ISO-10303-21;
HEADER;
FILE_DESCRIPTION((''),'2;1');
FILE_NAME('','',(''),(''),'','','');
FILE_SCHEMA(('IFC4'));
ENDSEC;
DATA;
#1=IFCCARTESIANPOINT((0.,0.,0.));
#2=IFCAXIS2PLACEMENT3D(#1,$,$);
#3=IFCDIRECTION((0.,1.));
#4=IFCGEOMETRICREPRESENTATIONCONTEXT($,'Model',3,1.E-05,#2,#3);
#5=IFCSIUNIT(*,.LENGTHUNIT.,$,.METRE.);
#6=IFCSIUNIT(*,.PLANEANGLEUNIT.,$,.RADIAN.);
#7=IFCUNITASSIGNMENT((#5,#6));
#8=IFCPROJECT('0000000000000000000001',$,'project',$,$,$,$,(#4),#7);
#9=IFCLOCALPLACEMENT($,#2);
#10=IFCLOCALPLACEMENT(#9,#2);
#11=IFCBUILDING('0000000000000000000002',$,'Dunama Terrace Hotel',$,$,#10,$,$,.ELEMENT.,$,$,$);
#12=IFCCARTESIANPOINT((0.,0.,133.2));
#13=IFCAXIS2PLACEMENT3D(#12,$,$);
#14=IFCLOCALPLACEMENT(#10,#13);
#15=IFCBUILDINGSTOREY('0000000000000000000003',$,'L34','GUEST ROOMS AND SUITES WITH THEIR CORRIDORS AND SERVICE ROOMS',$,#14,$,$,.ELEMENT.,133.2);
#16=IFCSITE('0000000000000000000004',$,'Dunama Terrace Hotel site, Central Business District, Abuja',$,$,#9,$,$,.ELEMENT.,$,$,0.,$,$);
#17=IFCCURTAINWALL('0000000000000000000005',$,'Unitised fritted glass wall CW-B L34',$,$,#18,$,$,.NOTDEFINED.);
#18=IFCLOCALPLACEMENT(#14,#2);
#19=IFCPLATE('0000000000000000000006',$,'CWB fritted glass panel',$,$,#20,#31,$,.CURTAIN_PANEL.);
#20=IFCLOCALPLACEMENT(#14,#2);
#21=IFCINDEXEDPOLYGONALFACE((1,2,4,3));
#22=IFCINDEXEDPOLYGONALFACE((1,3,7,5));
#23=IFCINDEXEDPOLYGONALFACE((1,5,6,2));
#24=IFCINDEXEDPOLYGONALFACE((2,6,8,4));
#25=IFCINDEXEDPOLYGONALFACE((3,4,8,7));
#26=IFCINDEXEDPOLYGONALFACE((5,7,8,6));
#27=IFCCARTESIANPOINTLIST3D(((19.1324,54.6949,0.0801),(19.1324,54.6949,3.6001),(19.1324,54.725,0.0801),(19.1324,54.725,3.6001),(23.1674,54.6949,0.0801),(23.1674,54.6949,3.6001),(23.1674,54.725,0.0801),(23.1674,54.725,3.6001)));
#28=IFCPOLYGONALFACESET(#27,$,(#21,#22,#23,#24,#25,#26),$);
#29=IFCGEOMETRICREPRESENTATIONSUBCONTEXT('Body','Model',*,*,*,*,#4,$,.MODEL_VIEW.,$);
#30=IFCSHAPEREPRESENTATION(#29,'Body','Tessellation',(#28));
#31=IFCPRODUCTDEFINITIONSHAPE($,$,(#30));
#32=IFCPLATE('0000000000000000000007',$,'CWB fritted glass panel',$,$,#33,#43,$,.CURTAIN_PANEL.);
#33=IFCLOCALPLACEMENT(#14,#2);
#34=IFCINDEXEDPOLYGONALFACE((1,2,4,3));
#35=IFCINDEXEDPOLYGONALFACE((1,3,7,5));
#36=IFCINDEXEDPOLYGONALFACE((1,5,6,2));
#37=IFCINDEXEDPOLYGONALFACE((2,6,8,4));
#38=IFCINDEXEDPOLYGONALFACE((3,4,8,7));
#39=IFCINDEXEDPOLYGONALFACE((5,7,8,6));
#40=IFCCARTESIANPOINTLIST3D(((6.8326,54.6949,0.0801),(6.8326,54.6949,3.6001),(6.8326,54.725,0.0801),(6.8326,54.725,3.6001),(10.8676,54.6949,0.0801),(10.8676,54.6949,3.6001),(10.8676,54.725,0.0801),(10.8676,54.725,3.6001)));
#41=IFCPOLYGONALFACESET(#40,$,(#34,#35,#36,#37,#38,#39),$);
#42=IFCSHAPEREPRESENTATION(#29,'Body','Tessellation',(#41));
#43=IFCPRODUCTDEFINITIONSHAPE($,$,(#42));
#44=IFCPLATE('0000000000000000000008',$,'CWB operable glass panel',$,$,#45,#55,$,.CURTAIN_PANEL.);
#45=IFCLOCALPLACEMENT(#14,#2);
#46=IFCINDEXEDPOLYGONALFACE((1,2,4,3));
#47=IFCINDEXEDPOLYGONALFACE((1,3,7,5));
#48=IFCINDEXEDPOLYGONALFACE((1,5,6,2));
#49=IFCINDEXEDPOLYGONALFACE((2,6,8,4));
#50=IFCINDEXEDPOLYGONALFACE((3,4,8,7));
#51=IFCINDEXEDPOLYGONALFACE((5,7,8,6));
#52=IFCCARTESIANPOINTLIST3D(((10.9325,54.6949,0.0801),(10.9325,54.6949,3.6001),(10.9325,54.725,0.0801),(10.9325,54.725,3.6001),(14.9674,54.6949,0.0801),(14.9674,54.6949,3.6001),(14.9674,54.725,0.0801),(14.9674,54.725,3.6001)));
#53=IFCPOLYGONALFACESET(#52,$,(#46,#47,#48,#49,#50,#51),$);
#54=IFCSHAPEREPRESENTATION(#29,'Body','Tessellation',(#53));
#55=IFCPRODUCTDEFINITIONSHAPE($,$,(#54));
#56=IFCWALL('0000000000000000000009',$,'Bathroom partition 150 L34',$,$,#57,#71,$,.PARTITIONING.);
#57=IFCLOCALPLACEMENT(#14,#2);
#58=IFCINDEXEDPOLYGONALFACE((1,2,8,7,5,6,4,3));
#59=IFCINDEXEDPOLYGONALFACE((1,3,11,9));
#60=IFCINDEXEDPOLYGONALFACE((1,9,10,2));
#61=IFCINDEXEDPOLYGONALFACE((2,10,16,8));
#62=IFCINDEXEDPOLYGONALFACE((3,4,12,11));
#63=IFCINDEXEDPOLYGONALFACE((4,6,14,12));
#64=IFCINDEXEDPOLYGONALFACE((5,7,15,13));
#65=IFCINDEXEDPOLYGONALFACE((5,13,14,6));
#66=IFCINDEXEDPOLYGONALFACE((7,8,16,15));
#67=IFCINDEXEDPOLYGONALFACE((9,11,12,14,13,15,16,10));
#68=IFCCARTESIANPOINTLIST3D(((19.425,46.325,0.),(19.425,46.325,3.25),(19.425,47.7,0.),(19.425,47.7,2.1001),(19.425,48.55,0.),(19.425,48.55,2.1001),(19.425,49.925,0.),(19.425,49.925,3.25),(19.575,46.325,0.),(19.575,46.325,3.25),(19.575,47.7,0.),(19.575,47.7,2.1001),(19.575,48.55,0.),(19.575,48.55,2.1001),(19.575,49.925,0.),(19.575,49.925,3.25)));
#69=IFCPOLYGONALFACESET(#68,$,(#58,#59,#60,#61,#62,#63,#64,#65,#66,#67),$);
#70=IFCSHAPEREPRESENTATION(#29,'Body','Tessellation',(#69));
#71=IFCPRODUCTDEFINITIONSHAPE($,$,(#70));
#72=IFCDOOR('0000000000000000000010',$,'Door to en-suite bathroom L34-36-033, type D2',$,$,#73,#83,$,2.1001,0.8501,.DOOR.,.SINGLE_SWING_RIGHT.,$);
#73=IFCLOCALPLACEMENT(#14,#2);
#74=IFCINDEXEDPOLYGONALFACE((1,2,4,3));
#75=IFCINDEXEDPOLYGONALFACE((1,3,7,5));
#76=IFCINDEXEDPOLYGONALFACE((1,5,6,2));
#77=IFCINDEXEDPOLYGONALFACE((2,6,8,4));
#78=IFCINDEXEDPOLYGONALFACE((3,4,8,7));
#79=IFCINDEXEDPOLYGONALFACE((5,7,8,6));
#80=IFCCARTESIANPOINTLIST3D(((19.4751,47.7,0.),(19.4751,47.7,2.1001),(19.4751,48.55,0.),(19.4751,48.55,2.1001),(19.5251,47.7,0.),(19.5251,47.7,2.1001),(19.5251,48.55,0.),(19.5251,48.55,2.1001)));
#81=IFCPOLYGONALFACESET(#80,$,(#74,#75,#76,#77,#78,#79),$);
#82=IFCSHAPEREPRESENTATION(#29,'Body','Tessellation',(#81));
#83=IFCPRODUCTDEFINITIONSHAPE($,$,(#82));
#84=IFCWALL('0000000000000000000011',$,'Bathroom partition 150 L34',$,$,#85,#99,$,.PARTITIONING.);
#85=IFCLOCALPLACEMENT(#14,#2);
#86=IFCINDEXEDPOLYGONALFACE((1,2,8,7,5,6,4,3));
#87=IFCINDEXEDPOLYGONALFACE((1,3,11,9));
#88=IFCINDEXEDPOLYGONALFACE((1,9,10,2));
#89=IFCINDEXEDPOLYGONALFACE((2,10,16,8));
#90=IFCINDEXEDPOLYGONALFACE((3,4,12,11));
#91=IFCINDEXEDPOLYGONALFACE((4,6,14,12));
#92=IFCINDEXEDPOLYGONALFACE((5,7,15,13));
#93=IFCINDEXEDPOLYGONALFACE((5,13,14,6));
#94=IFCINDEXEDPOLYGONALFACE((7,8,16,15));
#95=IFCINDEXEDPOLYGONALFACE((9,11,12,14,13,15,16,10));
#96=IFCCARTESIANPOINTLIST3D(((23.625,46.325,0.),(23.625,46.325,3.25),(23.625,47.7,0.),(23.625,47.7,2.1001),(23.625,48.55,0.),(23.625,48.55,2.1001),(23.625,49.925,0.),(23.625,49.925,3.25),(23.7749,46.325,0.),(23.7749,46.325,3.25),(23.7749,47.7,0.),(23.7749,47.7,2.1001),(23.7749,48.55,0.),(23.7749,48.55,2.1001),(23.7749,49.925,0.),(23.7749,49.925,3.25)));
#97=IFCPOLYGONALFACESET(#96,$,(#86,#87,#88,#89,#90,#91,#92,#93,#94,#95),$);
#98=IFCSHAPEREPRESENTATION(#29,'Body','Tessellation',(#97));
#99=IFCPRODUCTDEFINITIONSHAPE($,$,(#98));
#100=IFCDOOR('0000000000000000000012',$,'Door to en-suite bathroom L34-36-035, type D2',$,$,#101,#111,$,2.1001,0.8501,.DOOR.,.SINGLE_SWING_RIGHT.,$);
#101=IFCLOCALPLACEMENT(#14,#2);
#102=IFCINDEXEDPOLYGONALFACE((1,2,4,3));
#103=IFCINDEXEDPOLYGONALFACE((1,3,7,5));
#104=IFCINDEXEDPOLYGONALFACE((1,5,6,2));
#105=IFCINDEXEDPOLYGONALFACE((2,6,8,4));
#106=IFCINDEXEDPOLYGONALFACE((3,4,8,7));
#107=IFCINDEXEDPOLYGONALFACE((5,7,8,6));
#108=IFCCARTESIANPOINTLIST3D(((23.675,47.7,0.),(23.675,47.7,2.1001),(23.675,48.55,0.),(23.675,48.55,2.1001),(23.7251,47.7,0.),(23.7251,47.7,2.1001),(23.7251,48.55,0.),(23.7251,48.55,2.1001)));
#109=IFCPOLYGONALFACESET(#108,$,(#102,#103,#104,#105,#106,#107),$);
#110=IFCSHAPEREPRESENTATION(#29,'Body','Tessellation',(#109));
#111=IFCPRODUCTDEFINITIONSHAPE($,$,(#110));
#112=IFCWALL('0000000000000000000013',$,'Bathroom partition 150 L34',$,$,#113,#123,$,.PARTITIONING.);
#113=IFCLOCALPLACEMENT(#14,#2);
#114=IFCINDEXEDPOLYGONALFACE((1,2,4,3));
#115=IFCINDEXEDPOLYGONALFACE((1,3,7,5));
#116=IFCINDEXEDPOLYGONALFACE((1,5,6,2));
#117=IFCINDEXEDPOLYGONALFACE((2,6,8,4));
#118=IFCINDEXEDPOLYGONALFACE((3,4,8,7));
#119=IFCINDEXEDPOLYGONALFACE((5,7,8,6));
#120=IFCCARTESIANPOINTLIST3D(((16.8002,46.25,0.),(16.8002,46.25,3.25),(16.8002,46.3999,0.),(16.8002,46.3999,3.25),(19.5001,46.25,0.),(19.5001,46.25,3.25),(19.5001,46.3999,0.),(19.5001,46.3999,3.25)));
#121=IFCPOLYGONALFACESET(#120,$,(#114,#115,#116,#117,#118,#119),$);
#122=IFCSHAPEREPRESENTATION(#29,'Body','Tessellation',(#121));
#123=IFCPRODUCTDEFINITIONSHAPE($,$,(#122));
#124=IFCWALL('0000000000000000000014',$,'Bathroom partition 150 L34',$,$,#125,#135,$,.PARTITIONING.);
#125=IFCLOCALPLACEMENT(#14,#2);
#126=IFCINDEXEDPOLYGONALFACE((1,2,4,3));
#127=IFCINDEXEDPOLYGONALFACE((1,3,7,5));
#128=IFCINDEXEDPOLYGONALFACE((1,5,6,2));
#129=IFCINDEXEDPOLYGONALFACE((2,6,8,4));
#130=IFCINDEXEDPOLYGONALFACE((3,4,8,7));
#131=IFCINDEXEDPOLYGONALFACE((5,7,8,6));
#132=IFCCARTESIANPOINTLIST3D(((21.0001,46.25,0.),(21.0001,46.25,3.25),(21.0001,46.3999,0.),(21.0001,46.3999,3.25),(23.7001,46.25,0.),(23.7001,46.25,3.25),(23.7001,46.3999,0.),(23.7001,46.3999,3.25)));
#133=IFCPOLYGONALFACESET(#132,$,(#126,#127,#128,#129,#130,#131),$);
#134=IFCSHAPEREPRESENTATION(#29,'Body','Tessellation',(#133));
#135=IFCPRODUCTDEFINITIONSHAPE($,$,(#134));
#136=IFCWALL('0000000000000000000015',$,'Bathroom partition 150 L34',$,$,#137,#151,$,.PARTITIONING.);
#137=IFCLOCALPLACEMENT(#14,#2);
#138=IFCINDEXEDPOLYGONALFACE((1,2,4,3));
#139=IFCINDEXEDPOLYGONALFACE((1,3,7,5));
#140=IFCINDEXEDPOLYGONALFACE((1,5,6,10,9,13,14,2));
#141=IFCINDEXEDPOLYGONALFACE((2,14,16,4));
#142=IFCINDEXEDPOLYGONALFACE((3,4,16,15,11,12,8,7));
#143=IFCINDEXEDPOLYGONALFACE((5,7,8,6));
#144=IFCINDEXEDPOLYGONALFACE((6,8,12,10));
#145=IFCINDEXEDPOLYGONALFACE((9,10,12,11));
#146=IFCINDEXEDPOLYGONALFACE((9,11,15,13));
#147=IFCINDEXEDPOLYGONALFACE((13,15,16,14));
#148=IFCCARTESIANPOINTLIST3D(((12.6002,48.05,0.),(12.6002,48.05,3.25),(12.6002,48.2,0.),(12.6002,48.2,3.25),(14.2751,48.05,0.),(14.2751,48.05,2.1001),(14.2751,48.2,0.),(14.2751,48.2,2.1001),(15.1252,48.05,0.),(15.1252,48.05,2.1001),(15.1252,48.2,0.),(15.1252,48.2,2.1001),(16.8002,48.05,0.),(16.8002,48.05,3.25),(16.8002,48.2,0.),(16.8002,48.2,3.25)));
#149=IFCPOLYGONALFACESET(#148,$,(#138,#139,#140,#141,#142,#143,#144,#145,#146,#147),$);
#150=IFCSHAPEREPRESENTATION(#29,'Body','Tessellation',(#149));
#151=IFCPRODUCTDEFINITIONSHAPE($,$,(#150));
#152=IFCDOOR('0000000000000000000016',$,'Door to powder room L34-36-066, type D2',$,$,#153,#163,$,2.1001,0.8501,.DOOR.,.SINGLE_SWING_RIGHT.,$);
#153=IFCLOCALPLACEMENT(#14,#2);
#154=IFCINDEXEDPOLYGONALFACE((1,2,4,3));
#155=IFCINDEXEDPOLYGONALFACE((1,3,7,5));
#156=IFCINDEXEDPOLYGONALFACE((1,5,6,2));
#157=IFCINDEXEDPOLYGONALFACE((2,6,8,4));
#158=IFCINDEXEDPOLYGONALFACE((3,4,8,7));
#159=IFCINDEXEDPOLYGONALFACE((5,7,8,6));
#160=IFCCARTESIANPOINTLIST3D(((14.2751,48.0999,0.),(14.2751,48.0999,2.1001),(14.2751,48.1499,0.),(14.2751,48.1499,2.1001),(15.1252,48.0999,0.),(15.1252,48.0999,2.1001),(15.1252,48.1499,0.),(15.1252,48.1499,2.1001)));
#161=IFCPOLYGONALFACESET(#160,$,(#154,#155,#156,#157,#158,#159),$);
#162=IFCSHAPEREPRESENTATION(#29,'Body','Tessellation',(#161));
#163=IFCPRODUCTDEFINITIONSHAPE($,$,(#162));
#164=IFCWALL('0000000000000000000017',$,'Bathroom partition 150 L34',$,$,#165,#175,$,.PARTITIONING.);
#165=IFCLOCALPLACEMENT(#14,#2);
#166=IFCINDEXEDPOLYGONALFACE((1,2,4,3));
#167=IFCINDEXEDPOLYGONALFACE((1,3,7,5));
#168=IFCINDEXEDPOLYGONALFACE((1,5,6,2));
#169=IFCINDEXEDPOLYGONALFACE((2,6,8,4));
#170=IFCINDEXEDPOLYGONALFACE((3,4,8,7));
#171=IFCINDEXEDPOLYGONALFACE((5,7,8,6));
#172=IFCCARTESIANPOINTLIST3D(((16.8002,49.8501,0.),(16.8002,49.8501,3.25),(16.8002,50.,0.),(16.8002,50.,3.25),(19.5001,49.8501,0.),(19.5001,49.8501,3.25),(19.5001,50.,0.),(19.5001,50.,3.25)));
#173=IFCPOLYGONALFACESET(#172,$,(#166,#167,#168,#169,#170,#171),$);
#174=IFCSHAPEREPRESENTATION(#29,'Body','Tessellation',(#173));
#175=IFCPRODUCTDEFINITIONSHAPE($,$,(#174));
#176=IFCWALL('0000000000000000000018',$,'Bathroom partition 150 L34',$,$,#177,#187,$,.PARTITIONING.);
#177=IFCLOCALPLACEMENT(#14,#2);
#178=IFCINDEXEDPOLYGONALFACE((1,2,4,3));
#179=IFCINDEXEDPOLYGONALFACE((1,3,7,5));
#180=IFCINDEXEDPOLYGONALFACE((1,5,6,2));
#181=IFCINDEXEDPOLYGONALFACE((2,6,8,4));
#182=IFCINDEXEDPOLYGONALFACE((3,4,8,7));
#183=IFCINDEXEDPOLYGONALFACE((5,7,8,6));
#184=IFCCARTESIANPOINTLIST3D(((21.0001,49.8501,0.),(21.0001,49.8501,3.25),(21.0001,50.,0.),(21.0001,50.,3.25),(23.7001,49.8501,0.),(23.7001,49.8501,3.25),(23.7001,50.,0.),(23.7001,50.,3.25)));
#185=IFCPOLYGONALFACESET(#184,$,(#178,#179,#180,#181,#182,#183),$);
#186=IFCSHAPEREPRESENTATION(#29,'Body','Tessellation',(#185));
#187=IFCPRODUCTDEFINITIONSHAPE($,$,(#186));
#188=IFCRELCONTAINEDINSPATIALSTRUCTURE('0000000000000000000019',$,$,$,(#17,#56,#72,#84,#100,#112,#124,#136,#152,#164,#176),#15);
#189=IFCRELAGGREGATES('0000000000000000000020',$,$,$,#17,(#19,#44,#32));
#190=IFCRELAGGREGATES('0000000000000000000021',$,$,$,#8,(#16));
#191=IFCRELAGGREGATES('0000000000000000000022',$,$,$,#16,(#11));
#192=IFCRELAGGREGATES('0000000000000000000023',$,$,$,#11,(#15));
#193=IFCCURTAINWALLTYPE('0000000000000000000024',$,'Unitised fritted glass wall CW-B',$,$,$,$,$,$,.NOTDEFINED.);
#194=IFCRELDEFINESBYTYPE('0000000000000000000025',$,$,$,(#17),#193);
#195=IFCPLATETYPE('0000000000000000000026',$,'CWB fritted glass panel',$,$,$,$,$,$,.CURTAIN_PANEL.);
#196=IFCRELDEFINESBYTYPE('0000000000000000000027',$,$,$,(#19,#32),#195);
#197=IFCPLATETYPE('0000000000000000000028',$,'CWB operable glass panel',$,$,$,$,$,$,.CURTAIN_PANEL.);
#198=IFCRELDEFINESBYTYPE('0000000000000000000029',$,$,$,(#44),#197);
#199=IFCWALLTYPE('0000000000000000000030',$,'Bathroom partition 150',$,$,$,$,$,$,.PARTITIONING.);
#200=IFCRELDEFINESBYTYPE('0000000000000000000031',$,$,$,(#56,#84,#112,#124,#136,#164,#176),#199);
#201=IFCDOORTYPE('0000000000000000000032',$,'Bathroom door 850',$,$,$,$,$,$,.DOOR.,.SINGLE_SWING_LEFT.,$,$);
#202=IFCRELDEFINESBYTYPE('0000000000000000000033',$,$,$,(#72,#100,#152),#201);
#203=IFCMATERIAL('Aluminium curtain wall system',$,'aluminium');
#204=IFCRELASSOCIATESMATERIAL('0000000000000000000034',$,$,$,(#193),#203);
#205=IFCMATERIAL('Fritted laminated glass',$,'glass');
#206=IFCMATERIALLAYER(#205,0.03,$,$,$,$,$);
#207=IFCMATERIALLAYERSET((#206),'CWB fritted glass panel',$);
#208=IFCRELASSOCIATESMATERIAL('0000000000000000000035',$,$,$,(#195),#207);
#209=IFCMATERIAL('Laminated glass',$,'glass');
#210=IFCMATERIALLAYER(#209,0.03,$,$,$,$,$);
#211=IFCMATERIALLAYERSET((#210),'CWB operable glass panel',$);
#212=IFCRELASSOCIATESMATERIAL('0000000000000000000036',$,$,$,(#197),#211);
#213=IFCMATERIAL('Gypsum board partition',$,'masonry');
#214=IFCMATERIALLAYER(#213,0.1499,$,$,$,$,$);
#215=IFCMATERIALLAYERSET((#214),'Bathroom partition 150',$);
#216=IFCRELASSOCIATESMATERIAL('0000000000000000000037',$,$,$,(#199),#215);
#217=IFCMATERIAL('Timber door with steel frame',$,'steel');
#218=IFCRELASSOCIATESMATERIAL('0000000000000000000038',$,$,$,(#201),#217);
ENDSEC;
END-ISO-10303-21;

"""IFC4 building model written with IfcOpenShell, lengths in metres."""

from ifc_helpers import new_model, si_unit, direction, frame, frame_2d, origin, origin_2d, place, context, subcontext, project, spatial, rectangle, extrude, material, layer, layer_set, type_object, element, fill, aggregate, save


model = new_model("IFC4")

# Units and contexts
model_context = context("Model", 3, precision=1e-05, world=origin(), true_north=direction((0.0, 1.0)))
body_context = subcontext(model_context, "Body", "Model", "MODEL_VIEW")
ifc_project = project(units=[si_unit("LENGTHUNIT", "METRE"), si_unit("PLANEANGLEUNIT", "RADIAN")], contexts=[model_context])

# Site, building, storey
site_placement = place(None, origin())
site = spatial("IfcSite", under=ifc_project, at=site_placement, Name="Dunama Terrace Hotel site, Central Business District, Abuja", CompositionType="ELEMENT", RefElevation=0.0)
building_placement = place(site_placement, origin())
building = spatial("IfcBuilding", under=site, at=building_placement, Name="Dunama Terrace Hotel", CompositionType="ELEMENT")
storey_placement = place(building_placement, frame((0.0, 0.0, 133.2)))
storey = spatial("IfcBuildingStorey", under=building, at=storey_placement, Name="L34", Description="GUEST ROOMS AND SUITES WITH THEIR CORRIDORS AND SERVICE ROOMS", CompositionType="ELEMENT", Elevation=133.2)

# Curtain wall
ifc_material_1 = material(Name="Aluminium curtain wall system", Category="aluminium")
curtain_wall_type = type_object("IfcCurtainWallType", Name="Unitised fritted glass wall CW-B", PredefinedType="NOTDEFINED", material=ifc_material_1)
curtain_wall_placement = place(storey_placement, origin())
curtain_wall = element("IfcCurtainWall", 1, at=curtain_wall_placement, inside=storey, type_object=curtain_wall_type, Name="Unitised fritted glass wall CW-B L34", PredefinedType="NOTDEFINED")

# Plates
ifc_material_2 = material(Name="Fritted laminated glass", Category="glass")
ifc_layer_1 = layer(ifc_material_2, 0.03)
ifc_layer_set_1 = layer_set([ifc_layer_1], Name="CWB fritted glass panel")
plate_type_1 = type_object("IfcPlateType", Name="CWB fritted glass panel", PredefinedType="CURTAIN_PANEL", material=ifc_layer_set_1)
plate_1_placement = place(storey_placement, frame((21.1499, 54.71, 0.0801), z_axis=(0.0, 0.0, 1.0), x_axis=(-1.0, 0.0, 0.0)))
plate_1 = element("IfcPlate", 2, at=plate_1_placement, type_object=plate_type_1, Name="CWB fritted glass panel", PredefinedType="CURTAIN_PANEL", context=body_context, shape_type="SweptSolid", body=[
    extrude(rectangle(XDim=4.0349, YDim=0.03, at=origin_2d()), origin(), (0.0, 0.0, 1.0), 3.52),
])
plate_2_placement = place(storey_placement, frame((8.8501, 54.71, 0.0801), z_axis=(0.0, 0.0, 1.0), x_axis=(-1.0, 0.0, 0.0)))
plate_2 = element("IfcPlate", 3, at=plate_2_placement, type_object=plate_type_1, Name="CWB fritted glass panel", PredefinedType="CURTAIN_PANEL", context=body_context, shape_type="SweptSolid", body=[
    extrude(rectangle(XDim=4.0349, YDim=0.03, at=origin_2d()), origin(), (0.0, 0.0, 1.0), 3.52),
])
ifc_material_3 = material(Name="Laminated glass", Category="glass")
ifc_layer_2 = layer(ifc_material_3, 0.03)
ifc_layer_set_2 = layer_set([ifc_layer_2], Name="CWB operable glass panel")
plate_type_2 = type_object("IfcPlateType", Name="CWB operable glass panel", PredefinedType="CURTAIN_PANEL", material=ifc_layer_set_2)
plate_3_placement = place(storey_placement, frame((12.95, 54.71, 0.0801), z_axis=(0.0, 0.0, 1.0), x_axis=(-1.0, 0.0, 0.0)))
plate_3 = element("IfcPlate", 4, at=plate_3_placement, type_object=plate_type_2, Name="CWB operable glass panel", PredefinedType="CURTAIN_PANEL", context=body_context, shape_type="SweptSolid", body=[
    extrude(rectangle(XDim=4.0349, YDim=0.03, at=origin_2d()), origin(), (0.0, 0.0, 1.0), 3.52),
])
aggregate(curtain_wall, [plate_1, plate_3, plate_2])

# Walls, openings, doors
ifc_material_4 = material(Name="Gypsum board partition", Category="masonry")
ifc_layer_3 = layer(ifc_material_4, 0.1499)
ifc_layer_set_3 = layer_set([ifc_layer_3], Name="Bathroom partition 150")
wall_type = type_object("IfcWallType", Name="Bathroom partition 150", PredefinedType="PARTITIONING", material=ifc_layer_set_3)
wall_1_placement = place(storey_placement, frame((19.5, 46.325, 0.0), z_axis=(0.0, 0.0, 1.0), x_axis=(0.0, 1.0, 0.0)))
wall_1 = element("IfcWall", 5, at=wall_1_placement, inside=storey, type_object=wall_type, Name="Bathroom partition 150 L34", PredefinedType="PARTITIONING", context=body_context, shape_type="SweptSolid", body=[
    extrude(rectangle(XDim=3.6001, YDim=0.1499, at=frame_2d((1.8, 0.0))), origin(), (0.0, 0.0, 1.0), 3.25),
])
opening_1_placement = place(wall_1_placement, frame((1.375, 0.0, 0.0)))
opening_1 = element("IfcOpeningElement", 6, at=opening_1_placement, cuts=wall_1, PredefinedType="OPENING", context=body_context, shape_type="SweptSolid", body=[
    extrude(rectangle(XDim=0.8501, YDim=2.1001, at=frame_2d((0.425, 1.05))), frame((0.0, 0.085, 0.0), z_axis=(0.0, -1.0, 0.0), x_axis=(1.0, 0.0, 0.0)), (0.0, 0.0, 1.0), 0.1699),
])
ifc_material_5 = material(Name="Timber door with steel frame", Category="steel")
door_type = type_object("IfcDoorType", Name="Bathroom door 850", OperationType="SINGLE_SWING_LEFT", PredefinedType="DOOR", material=ifc_material_5)
door_1_placement = place(opening_1_placement, origin())
door_1 = element("IfcDoor", 7, at=door_1_placement, inside=storey, type_object=door_type, Name="Door to en-suite bathroom L34-36-033, type D2", OperationType="SINGLE_SWING_RIGHT", OverallHeight=2.1001, OverallWidth=0.8501, PredefinedType="DOOR", context=body_context, shape_type="SweptSolid", body=[
    extrude(rectangle(XDim=0.8501, YDim=2.1001, at=frame_2d((0.425, 1.05))), frame((0.0, 0.0249, 0.0), z_axis=(0.0, -1.0, 0.0), x_axis=(1.0, 0.0, 0.0)), (0.0, 0.0, 1.0), 0.05),
])
fill(opening_1, door_1)
wall_2_placement = place(storey_placement, frame((23.7, 46.325, 0.0), z_axis=(0.0, 0.0, 1.0), x_axis=(0.0, 1.0, 0.0)))
wall_2 = element("IfcWall", 8, at=wall_2_placement, inside=storey, type_object=wall_type, Name="Bathroom partition 150 L34", PredefinedType="PARTITIONING", context=body_context, shape_type="SweptSolid", body=[
    extrude(rectangle(XDim=3.6001, YDim=0.1499, at=frame_2d((1.8, 0.0))), origin(), (0.0, 0.0, 1.0), 3.25),
])
opening_2_placement = place(wall_2_placement, frame((1.375, 0.0, 0.0)))
opening_2 = element("IfcOpeningElement", 9, at=opening_2_placement, cuts=wall_2, PredefinedType="OPENING", context=body_context, shape_type="SweptSolid", body=[
    extrude(rectangle(XDim=0.8501, YDim=2.1001, at=frame_2d((0.425, 1.05))), frame((0.0, 0.085, 0.0), z_axis=(0.0, -1.0, 0.0), x_axis=(1.0, 0.0, 0.0)), (0.0, 0.0, 1.0), 0.1699),
])
door_2_placement = place(opening_2_placement, origin())
door_2 = element("IfcDoor", 10, at=door_2_placement, inside=storey, type_object=door_type, Name="Door to en-suite bathroom L34-36-035, type D2", OperationType="SINGLE_SWING_RIGHT", OverallHeight=2.1001, OverallWidth=0.8501, PredefinedType="DOOR", context=body_context, shape_type="SweptSolid", body=[
    extrude(rectangle(XDim=0.8501, YDim=2.1001, at=frame_2d((0.425, 1.05))), frame((0.0, 0.0249, 0.0), z_axis=(0.0, -1.0, 0.0), x_axis=(1.0, 0.0, 0.0)), (0.0, 0.0, 1.0), 0.05),
])
fill(opening_2, door_2)

# Walls
for number, where, z_axis, x_axis, name in (
    (11, (16.8, 46.325, 0.0), (0.0, 0.0, 1.0), (1.0, 0.0, 0.0), "Bathroom partition 150 L34"),
    (12, (21.0, 46.325, 0.0), (0.0, 0.0, 1.0), (1.0, 0.0, 0.0), "Bathroom partition 150 L34"),
):
    element("IfcWall", number, at=place(storey_placement, frame(where, z_axis=z_axis, x_axis=x_axis)), inside=storey, type_object=wall_type, Name=name, PredefinedType="PARTITIONING", context=body_context, shape_type="SweptSolid", body=[
        extrude(rectangle(XDim=2.7, YDim=0.1499, at=frame_2d((1.3501, 0.0))), origin(), (0.0, 0.0, 1.0), 3.25),
    ])

# Wall, opening, door
wall_3_placement = place(storey_placement, frame((12.6001, 48.125, 0.0), z_axis=(0.0, 0.0, 1.0), x_axis=(1.0, 0.0, 0.0)))
wall_3 = element("IfcWall", 13, at=wall_3_placement, inside=storey, type_object=wall_type, Name="Bathroom partition 150 L34", PredefinedType="PARTITIONING", context=body_context, shape_type="SweptSolid", body=[
    extrude(rectangle(XDim=4.2, YDim=0.1499, at=frame_2d((2.1001, 0.0))), origin(), (0.0, 0.0, 1.0), 3.25),
])
opening_3_placement = place(wall_3_placement, frame((1.675, 0.0, 0.0)))
opening_3 = element("IfcOpeningElement", 14, at=opening_3_placement, cuts=wall_3, PredefinedType="OPENING", context=body_context, shape_type="SweptSolid", body=[
    extrude(rectangle(XDim=0.8501, YDim=2.1001, at=frame_2d((0.425, 1.05))), frame((0.0, 0.085, 0.0), z_axis=(0.0, -1.0, 0.0), x_axis=(1.0, 0.0, 0.0)), (0.0, 0.0, 1.0), 0.1699),
])
door_3_placement = place(opening_3_placement, frame((0.8501, 0.0, 0.0), z_axis=(0.0, 0.0, 1.0), x_axis=(-1.0, 0.0, 0.0)))
door_3 = element("IfcDoor", 15, at=door_3_placement, inside=storey, type_object=door_type, Name="Door to powder room L34-36-066, type D2", OperationType="SINGLE_SWING_RIGHT", OverallHeight=2.1001, OverallWidth=0.8501, PredefinedType="DOOR", context=body_context, shape_type="SweptSolid", body=[
    extrude(rectangle(XDim=0.8501, YDim=2.1001, at=frame_2d((0.425, 1.05))), frame((0.0, 0.0251, 0.0), z_axis=(0.0, -1.0, 0.0), x_axis=(1.0, 0.0, 0.0)), (0.0, 0.0, 1.0), 0.05),
])
fill(opening_3, door_3)

# Walls
for number, where, z_axis, x_axis, name in (
    (16, (16.8, 49.925, 0.0), (0.0, 0.0, 1.0), (1.0, 0.0, 0.0), "Bathroom partition 150 L34"),
    (17, (21.0, 49.925, 0.0), (0.0, 0.0, 1.0), (1.0, 0.0, 0.0), "Bathroom partition 150 L34"),
):
    element("IfcWall", number, at=place(storey_placement, frame(where, z_axis=z_axis, x_axis=x_axis)), inside=storey, type_object=wall_type, Name=name, PredefinedType="PARTITIONING", context=body_context, shape_type="SweptSolid", body=[
        extrude(rectangle(XDim=2.7, YDim=0.1499, at=frame_2d((1.3501, 0.0))), origin(), (0.0, 0.0, 1.0), 3.25),
    ])

save(model, "model.ifc")
